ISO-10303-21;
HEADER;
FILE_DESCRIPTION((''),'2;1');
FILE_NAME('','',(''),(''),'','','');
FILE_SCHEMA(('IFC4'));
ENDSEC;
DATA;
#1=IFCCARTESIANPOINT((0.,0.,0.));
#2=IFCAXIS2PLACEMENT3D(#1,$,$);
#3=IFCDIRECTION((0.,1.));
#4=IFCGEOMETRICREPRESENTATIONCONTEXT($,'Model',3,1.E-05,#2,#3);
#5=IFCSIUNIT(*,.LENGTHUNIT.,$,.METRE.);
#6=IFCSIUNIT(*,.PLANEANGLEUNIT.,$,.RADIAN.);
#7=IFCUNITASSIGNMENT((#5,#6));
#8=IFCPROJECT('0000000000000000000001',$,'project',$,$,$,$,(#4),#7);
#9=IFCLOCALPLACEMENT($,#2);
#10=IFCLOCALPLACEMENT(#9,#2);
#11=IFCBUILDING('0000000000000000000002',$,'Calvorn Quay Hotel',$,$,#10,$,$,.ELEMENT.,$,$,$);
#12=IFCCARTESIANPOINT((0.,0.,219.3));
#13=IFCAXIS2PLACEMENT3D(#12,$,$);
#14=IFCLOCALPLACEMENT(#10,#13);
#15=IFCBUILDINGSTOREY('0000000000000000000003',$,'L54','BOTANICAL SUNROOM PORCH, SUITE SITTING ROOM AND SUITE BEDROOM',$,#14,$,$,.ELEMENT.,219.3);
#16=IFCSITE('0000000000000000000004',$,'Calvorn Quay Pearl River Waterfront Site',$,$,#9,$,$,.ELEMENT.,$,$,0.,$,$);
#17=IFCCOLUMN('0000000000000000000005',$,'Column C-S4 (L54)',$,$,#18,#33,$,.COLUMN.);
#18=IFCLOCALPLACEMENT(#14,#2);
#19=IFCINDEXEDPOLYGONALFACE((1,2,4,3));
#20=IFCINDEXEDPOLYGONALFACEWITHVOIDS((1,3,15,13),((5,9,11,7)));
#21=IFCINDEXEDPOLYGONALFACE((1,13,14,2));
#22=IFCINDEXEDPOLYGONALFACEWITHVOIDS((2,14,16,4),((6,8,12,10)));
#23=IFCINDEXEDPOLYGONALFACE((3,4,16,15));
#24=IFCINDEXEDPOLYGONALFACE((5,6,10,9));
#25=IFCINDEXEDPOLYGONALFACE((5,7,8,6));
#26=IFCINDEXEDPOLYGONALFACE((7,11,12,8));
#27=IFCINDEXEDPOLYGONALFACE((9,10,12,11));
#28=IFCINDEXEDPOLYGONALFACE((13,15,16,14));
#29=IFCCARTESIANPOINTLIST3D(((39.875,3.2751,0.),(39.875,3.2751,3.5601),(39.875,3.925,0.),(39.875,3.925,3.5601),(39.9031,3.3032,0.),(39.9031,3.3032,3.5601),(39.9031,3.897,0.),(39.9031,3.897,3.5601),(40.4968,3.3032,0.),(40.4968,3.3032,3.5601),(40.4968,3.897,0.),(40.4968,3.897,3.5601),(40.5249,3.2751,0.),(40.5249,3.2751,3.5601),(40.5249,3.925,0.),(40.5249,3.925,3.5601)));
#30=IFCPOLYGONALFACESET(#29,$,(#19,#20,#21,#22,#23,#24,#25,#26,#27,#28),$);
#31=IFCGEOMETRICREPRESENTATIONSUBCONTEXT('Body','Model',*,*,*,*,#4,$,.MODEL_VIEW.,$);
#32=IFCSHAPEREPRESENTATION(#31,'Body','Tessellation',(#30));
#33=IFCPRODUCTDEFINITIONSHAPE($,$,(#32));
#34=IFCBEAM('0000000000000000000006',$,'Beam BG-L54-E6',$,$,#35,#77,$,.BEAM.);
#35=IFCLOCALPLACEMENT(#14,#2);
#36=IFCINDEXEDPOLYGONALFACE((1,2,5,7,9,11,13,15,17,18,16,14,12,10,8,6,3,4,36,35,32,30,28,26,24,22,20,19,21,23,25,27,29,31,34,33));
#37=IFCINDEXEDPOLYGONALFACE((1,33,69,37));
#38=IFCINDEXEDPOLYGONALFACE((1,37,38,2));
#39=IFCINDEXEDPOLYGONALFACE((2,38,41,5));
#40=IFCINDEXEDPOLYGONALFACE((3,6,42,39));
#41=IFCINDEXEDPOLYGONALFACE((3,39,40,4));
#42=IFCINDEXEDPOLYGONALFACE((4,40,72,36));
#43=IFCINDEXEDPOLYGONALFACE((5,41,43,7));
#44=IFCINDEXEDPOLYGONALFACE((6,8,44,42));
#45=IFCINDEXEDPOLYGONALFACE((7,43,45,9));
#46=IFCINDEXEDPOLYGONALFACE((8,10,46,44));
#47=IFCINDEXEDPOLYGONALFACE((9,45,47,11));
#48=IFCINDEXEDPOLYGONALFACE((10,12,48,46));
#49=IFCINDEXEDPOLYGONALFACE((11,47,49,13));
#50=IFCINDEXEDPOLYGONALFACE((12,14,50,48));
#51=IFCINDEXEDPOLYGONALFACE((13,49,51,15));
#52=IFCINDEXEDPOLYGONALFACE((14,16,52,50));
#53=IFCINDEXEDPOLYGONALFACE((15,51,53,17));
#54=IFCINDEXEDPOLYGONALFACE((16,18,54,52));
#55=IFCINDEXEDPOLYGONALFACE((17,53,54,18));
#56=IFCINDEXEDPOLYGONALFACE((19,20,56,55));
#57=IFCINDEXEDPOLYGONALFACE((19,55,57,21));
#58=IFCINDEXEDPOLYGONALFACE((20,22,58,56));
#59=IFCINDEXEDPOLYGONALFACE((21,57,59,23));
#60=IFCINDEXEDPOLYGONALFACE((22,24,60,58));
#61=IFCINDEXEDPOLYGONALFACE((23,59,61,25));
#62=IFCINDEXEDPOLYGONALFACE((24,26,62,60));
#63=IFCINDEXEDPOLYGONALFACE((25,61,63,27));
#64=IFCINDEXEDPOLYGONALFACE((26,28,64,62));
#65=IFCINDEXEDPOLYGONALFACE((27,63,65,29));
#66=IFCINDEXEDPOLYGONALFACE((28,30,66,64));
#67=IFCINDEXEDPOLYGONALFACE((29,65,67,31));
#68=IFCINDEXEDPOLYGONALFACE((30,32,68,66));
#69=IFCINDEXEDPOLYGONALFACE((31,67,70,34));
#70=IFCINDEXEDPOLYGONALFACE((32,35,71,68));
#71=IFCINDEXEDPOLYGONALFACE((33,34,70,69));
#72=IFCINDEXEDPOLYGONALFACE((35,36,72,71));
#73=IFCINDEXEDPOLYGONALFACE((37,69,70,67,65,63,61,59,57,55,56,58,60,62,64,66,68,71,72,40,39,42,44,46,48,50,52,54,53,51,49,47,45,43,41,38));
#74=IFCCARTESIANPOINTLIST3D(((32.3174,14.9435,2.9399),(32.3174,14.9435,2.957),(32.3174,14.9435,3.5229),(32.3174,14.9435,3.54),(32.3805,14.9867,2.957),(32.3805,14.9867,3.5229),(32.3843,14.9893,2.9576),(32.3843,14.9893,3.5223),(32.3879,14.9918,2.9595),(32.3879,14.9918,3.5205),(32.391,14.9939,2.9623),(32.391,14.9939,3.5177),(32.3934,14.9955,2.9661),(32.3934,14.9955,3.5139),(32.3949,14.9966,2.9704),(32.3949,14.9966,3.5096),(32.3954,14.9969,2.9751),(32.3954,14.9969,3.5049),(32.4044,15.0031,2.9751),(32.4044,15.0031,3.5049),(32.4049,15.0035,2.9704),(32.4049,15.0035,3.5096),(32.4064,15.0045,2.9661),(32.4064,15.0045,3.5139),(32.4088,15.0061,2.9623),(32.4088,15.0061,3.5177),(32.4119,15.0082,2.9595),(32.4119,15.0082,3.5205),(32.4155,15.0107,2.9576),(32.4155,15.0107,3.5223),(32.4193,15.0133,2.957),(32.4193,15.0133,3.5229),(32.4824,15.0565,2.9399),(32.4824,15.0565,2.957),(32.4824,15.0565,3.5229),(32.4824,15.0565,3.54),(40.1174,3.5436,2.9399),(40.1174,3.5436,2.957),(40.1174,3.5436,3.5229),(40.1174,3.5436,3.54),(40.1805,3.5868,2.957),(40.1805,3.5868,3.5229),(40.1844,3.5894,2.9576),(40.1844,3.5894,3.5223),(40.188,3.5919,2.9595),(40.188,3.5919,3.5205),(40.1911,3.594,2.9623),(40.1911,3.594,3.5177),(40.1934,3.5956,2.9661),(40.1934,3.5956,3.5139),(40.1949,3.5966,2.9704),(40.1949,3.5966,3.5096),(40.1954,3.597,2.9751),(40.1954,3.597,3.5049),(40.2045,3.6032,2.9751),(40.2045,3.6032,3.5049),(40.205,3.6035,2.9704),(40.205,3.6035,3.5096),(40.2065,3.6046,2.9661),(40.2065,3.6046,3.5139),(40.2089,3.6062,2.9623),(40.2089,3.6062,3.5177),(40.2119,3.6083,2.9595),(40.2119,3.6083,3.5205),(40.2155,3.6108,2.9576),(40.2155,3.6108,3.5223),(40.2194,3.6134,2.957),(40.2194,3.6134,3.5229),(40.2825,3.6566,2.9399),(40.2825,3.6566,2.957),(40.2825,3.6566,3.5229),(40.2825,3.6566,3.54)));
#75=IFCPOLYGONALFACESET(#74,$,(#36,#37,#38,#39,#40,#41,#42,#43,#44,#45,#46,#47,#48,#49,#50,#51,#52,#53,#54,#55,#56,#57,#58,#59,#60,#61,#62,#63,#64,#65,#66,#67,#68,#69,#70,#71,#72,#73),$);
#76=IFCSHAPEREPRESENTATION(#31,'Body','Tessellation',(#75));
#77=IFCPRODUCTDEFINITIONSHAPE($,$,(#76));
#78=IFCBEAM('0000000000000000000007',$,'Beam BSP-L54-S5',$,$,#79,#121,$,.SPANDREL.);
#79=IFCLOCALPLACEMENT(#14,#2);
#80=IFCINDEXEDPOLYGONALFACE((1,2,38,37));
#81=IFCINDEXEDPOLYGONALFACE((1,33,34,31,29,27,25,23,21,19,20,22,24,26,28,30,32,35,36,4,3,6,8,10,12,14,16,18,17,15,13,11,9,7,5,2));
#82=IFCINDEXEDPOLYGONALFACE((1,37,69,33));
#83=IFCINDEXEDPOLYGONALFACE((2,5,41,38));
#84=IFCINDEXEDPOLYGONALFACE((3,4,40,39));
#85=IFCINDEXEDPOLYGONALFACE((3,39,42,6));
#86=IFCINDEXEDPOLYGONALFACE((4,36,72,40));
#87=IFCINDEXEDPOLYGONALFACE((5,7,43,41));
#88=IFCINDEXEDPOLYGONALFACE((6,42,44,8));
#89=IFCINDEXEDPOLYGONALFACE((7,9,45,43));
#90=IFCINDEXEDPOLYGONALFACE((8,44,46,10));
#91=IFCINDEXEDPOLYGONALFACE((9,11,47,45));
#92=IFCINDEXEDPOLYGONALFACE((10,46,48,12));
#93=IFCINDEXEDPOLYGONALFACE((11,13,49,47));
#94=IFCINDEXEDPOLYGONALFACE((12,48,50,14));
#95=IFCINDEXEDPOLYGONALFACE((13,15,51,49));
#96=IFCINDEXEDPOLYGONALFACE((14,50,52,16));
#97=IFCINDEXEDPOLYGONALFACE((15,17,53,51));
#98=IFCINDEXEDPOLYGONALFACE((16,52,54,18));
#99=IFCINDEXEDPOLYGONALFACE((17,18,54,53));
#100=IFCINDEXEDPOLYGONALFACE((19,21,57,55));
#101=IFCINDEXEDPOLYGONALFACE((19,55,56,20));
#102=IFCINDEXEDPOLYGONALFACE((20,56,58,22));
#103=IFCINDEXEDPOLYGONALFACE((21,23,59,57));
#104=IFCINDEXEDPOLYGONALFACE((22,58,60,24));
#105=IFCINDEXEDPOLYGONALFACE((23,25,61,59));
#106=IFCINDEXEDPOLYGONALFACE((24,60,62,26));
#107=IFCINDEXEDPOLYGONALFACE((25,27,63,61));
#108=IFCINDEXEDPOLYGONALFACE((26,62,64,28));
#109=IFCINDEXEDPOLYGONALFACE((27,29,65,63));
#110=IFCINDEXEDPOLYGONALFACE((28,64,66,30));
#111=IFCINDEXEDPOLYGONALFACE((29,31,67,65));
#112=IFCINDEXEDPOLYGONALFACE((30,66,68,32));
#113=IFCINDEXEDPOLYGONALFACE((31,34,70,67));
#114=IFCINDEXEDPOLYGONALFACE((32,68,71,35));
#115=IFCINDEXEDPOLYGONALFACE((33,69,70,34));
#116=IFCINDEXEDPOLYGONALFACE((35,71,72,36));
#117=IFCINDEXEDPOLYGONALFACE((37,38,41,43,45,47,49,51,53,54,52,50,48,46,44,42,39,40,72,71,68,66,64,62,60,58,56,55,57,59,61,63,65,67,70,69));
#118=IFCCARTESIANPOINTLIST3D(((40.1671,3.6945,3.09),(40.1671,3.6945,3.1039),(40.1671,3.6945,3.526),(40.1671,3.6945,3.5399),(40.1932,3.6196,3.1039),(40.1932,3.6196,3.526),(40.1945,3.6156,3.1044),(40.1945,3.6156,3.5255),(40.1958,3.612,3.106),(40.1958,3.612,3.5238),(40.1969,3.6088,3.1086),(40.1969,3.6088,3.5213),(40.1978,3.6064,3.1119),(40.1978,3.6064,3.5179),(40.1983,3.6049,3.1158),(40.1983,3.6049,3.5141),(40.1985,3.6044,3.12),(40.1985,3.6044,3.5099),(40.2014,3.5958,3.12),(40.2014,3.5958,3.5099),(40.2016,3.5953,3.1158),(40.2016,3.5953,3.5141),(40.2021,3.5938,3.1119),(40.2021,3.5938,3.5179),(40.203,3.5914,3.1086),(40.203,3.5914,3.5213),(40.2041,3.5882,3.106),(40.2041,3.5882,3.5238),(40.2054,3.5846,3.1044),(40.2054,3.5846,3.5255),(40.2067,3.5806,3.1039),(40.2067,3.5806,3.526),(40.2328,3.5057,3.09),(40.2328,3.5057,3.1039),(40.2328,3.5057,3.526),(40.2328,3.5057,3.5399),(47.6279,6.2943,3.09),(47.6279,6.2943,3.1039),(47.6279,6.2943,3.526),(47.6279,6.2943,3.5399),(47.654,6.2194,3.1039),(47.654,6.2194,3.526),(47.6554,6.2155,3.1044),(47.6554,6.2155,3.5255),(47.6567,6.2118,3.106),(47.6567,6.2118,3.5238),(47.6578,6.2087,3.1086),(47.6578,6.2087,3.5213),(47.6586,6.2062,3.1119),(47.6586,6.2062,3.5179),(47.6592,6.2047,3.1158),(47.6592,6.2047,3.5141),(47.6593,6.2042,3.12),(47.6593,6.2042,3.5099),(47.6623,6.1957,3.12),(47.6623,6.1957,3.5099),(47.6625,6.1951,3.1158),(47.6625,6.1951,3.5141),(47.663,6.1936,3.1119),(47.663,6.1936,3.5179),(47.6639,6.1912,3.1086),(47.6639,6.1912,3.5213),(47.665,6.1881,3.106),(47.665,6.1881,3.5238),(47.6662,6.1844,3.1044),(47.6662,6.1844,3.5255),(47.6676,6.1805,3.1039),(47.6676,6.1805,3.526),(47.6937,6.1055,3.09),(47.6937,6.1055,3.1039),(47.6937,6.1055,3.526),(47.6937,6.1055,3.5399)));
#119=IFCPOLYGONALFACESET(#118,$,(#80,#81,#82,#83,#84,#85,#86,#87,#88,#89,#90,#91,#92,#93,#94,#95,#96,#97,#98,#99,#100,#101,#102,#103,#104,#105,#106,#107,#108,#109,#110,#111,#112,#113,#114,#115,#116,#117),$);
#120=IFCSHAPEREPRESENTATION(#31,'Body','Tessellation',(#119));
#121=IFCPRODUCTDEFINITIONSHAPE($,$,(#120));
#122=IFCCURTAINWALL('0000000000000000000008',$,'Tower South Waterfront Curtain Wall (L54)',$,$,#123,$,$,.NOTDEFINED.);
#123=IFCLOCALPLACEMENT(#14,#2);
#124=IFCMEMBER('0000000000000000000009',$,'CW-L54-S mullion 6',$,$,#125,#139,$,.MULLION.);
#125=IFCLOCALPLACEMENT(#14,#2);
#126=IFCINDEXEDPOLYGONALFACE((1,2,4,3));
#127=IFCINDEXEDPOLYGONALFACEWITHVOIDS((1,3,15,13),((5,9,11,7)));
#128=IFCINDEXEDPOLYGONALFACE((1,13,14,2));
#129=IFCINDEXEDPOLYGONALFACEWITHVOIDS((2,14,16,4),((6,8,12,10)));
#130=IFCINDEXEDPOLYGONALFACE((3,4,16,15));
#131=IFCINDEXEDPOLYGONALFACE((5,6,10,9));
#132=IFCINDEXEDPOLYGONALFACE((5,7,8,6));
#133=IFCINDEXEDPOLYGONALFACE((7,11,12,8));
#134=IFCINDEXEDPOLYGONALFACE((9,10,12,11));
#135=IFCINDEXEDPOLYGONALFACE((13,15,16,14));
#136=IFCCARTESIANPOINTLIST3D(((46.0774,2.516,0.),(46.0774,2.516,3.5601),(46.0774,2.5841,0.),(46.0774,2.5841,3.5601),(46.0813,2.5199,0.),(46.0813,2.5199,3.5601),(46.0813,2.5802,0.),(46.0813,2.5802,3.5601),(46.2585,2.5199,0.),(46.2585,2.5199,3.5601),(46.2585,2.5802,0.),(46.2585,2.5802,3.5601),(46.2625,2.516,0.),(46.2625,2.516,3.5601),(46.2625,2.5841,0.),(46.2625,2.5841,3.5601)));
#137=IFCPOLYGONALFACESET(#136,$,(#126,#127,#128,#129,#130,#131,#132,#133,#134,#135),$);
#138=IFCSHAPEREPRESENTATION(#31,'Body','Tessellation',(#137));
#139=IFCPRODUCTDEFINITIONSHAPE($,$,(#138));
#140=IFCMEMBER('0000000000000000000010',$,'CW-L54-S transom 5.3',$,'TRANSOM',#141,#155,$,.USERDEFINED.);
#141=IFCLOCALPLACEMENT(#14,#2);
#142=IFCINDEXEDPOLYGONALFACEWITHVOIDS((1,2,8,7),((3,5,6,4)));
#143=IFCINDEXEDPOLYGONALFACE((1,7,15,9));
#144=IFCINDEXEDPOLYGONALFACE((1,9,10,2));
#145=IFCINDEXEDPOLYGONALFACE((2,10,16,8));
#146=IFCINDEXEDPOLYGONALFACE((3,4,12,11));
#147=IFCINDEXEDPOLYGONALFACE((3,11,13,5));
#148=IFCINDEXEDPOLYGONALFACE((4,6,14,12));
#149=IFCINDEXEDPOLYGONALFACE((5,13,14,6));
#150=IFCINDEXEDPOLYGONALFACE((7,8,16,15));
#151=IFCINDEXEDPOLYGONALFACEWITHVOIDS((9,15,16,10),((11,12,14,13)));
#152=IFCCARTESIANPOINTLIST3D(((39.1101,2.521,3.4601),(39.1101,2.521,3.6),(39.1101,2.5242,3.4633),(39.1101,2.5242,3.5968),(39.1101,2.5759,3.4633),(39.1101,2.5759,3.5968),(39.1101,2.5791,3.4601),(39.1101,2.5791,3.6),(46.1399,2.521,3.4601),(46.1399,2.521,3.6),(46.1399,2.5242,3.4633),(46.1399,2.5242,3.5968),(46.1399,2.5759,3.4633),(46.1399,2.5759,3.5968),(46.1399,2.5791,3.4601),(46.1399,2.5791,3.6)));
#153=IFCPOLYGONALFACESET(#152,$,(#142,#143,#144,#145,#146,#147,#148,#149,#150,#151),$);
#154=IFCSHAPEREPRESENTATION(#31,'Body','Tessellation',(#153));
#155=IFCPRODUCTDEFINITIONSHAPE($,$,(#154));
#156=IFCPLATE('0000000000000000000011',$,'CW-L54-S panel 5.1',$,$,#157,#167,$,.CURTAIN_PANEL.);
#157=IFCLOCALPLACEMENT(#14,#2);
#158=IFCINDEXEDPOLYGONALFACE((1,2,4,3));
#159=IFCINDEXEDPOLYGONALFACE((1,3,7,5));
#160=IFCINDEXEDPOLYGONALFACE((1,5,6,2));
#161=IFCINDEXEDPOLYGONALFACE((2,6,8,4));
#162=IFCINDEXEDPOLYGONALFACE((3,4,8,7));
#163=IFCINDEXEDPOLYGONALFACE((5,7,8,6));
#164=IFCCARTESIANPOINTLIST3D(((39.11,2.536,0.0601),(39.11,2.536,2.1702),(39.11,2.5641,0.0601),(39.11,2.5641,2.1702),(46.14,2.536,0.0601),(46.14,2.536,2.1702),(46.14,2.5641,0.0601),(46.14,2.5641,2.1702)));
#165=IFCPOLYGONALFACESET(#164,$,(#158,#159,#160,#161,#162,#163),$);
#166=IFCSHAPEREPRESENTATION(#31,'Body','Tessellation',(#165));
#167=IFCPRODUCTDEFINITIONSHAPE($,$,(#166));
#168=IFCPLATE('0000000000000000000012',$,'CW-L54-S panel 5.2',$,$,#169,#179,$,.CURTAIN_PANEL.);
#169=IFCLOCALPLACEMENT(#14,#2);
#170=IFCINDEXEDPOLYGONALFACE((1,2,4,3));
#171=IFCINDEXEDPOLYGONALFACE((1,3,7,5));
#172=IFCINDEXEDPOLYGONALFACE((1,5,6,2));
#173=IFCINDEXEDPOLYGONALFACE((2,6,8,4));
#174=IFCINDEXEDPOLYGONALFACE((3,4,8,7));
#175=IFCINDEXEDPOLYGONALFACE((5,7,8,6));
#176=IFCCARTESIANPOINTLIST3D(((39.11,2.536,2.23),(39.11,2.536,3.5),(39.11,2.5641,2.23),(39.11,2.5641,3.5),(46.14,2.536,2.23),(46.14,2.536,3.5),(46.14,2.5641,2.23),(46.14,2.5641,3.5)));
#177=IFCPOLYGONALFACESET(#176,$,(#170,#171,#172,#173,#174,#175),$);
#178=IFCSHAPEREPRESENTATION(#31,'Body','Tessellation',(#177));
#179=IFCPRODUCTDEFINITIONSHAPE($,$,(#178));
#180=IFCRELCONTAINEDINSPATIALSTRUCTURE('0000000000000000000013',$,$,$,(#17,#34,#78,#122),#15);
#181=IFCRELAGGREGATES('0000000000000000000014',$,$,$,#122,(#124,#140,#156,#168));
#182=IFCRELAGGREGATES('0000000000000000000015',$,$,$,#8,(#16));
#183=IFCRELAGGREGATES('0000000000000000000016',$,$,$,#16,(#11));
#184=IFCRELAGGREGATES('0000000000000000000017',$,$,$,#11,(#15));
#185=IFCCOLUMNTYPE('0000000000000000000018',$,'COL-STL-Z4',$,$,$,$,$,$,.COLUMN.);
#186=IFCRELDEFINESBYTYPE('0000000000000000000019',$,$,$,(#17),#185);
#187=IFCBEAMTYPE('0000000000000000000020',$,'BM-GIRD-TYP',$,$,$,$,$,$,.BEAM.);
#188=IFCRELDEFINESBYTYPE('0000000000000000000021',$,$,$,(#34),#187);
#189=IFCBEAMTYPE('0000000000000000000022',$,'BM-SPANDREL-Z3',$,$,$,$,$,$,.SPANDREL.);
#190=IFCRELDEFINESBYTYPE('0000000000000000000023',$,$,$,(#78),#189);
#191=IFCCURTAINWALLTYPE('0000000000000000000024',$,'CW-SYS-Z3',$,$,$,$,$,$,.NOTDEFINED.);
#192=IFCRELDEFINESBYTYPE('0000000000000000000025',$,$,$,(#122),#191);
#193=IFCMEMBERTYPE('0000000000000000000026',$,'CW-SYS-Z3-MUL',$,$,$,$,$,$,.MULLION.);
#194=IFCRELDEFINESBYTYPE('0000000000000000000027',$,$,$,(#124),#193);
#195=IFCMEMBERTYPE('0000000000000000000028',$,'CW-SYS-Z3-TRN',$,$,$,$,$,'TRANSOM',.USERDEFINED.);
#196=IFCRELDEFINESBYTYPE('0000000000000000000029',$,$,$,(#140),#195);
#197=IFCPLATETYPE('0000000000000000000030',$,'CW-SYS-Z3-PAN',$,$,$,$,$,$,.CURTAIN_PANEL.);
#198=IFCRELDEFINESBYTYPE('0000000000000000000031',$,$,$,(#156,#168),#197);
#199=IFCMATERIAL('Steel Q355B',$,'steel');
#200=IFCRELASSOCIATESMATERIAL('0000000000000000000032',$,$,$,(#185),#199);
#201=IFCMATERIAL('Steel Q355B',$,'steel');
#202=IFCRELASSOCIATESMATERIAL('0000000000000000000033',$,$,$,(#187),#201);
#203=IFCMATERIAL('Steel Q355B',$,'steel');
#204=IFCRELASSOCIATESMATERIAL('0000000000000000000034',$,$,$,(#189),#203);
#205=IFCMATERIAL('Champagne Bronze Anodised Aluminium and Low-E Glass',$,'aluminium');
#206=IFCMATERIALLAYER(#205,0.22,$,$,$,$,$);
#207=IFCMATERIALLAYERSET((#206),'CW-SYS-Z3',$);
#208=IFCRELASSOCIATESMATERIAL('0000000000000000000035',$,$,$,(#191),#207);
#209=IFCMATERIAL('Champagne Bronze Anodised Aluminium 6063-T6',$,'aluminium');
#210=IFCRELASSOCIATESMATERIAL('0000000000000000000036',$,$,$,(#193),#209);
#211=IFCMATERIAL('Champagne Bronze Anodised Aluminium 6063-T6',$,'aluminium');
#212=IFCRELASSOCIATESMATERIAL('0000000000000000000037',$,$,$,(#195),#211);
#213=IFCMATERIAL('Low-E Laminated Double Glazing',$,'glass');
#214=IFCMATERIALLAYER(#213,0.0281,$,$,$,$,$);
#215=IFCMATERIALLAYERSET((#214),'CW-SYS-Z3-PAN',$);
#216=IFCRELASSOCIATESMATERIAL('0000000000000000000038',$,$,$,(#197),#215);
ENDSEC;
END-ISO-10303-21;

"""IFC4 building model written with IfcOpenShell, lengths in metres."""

from ifc_helpers import new_model, si_unit, direction, frame, origin, origin_2d, place, context, subcontext, project, spatial, rectangle, hollow_rectangle, i_section, extrude, material, layer, layer_set, material_profile, profile_set, type_object, element, aggregate, save


model = new_model("IFC4")

# Units and contexts
model_context = context("Model", 3, precision=1e-05, world=origin(), true_north=direction((0.0, 1.0)))
body_context = subcontext(model_context, "Body", "Model", "MODEL_VIEW")
ifc_project = project(units=[si_unit("LENGTHUNIT", "METRE"), si_unit("PLANEANGLEUNIT", "RADIAN")], contexts=[model_context])

# Site, building, storey
site_placement = place(None, origin())
site = spatial("IfcSite", under=ifc_project, at=site_placement, Name="Calvorn Quay Pearl River Waterfront Site", CompositionType="ELEMENT", RefElevation=0.0)
building_placement = place(site_placement, origin())
building = spatial("IfcBuilding", under=site, at=building_placement, Name="Calvorn Quay Hotel", CompositionType="ELEMENT")
storey_placement = place(building_placement, frame((0.0, 0.0, 219.3)))
storey = spatial("IfcBuildingStorey", under=building, at=storey_placement, Name="L54", Description="BOTANICAL SUNROOM PORCH, SUITE SITTING ROOM AND SUITE BEDROOM", CompositionType="ELEMENT", Elevation=219.3)

# Column
ifc_material_1 = material(Name="Steel Q355B", Category="steel")
ifc_material_profile_1 = material_profile(ifc_material_1, hollow_rectangle(XDim=0.6499, YDim=0.6499, WallThickness=0.0281, at=origin_2d()), Name="BOX650x650x28")
ifc_profile_set_1 = profile_set([ifc_material_profile_1], Name="Steel Q355B")
column_type = type_object("IfcColumnType", Name="COL-STL-Z4", PredefinedType="COLUMN", material=ifc_profile_set_1)
column_placement = place(storey_placement, frame((40.2, 3.6001, 0.0), z_axis=(0.0, 0.0, 1.0), x_axis=(1.0, 0.0, 0.0)))
element("IfcColumn", 1, at=column_placement, inside=storey, type_object=column_type, Name="Column C-S4 (L54)", PredefinedType="COLUMN", context=body_context, shape_type="SweptSolid", body=[
    extrude(hollow_rectangle(XDim=0.6499, YDim=0.6499, WallThickness=0.0281, at=origin_2d()), origin(), (0.0, 0.0, 1.0), 3.5601),
])

# Beams
ifc_material_2 = material(Name="Steel Q355B", Category="steel")
ifc_material_profile_2 = material_profile(ifc_material_2, i_section(OverallWidth=0.2, OverallDepth=0.6001, WebThickness=0.011, FlangeThickness=0.0171, FilletRadius=0.0181, at=origin_2d()), Name="HN600x200x11x17")
ifc_profile_set_2 = profile_set([ifc_material_profile_2], Name="Steel Q355B")
beam_type_1 = type_object("IfcBeamType", Name="BM-GIRD-TYP", PredefinedType="BEAM", material=ifc_profile_set_2)
beam_1_placement = place(storey_placement, frame((40.2, 3.6001, 3.24), z_axis=(-0.56469, 0.825303, 0.0), x_axis=(-0.825303, -0.56469, 0.0)))
element("IfcBeam", 2, at=beam_1_placement, inside=storey, type_object=beam_type_1, Name="Beam BG-L54-E6", PredefinedType="BEAM", context=body_context, shape_type="SweptSolid", body=[
    extrude(i_section(OverallWidth=0.2, OverallDepth=0.6001, WebThickness=0.011, FlangeThickness=0.0171, FilletRadius=0.0181, at=origin_2d()), origin(), (0.0, 0.0, 1.0), 13.813),
])
ifc_material_3 = material(Name="Steel Q355B", Category="steel")
ifc_material_profile_3 = material_profile(ifc_material_3, i_section(OverallWidth=0.2, OverallDepth=0.45, WebThickness=0.009, FlangeThickness=0.0139, FilletRadius=0.0161, at=origin_2d()), Name="HN450x200x9x14")
ifc_profile_set_3 = profile_set([ifc_material_profile_3], Name="Steel Q355B")
beam_type_2 = type_object("IfcBeamType", Name="BM-SPANDREL-Z3", PredefinedType="SPANDREL", material=ifc_profile_set_3)
beam_2_placement = place(storey_placement, frame((40.2, 3.6001, 3.3149), z_axis=(0.94431, 0.329056, 0.0), x_axis=(-0.329056, 0.94431, 0.0)))
element("IfcBeam", 3, at=beam_2_placement, inside=storey, type_object=beam_type_2, Name="Beam BSP-L54-S5", PredefinedType="SPANDREL", context=body_context, shape_type="SweptSolid", body=[
    extrude(i_section(OverallWidth=0.2, OverallDepth=0.45, WebThickness=0.009, FlangeThickness=0.0139, FilletRadius=0.0161, at=origin_2d()), origin(), (0.0, 0.0, 1.0), 7.9009),
])

# Curtain wall, members, plates
ifc_material_4 = material(Name="Champagne Bronze Anodised Aluminium and Low-E Glass", Category="aluminium")
ifc_layer_1 = layer(ifc_material_4, 0.22)
ifc_layer_set_1 = layer_set([ifc_layer_1], Name="CW-SYS-Z3")
curtain_wall_type = type_object("IfcCurtainWallType", Name="CW-SYS-Z3", PredefinedType="NOTDEFINED", material=ifc_layer_set_1)
curtain_wall_placement = place(storey_placement, origin())
curtain_wall = element("IfcCurtainWall", 4, at=curtain_wall_placement, inside=storey, type_object=curtain_wall_type, Name="Tower South Waterfront Curtain Wall (L54)", PredefinedType="NOTDEFINED")
ifc_material_5 = material(Name="Champagne Bronze Anodised Aluminium 6063-T6", Category="aluminium")
ifc_material_profile_4 = material_profile(ifc_material_5, hollow_rectangle(XDim=0.0681, YDim=0.1851, WallThickness=0.0039, at=origin_2d()), Name="ALU-M185x68x4")
ifc_profile_set_4 = profile_set([ifc_material_profile_4], Name="Champagne Bronze Anodised Aluminium 6063-T6")
member_type_1 = type_object("IfcMemberType", Name="CW-SYS-Z3-MUL", PredefinedType="MULLION", material=ifc_profile_set_4)
member_1_placement = place(storey_placement, frame((46.1699, 2.55, 0.0), z_axis=(0.0, 0.0, 1.0), x_axis=(0.0, 1.0, 0.0)))
member_1 = element("IfcMember", 5, at=member_1_placement, type_object=member_type_1, Name="CW-L54-S mullion 6", PredefinedType="MULLION", context=body_context, shape_type="SweptSolid", body=[
    extrude(hollow_rectangle(XDim=0.0681, YDim=0.1851, WallThickness=0.0039, at=origin_2d()), origin(), (0.0, 0.0, 1.0), 3.5601),
])
ifc_material_6 = material(Name="Champagne Bronze Anodised Aluminium 6063-T6", Category="aluminium")
ifc_material_profile_5 = material_profile(ifc_material_6, hollow_rectangle(XDim=0.0581, YDim=0.1399, WallThickness=0.0032, at=origin_2d()), Name="ALU-T140x58x3.2")
ifc_profile_set_5 = profile_set([ifc_material_profile_5], Name="Champagne Bronze Anodised Aluminium 6063-T6")
member_type_2 = type_object("IfcMemberType", Name="CW-SYS-Z3-TRN", ElementType="TRANSOM", PredefinedType="USERDEFINED", material=ifc_profile_set_5)
member_2_placement = place(storey_placement, frame((39.1101, 2.55, 3.53), z_axis=(1.0, 0.0, 0.0), x_axis=(0.0, 1.0, 0.0)))
member_2 = element("IfcMember", 6, at=member_2_placement, type_object=member_type_2, Name="CW-L54-S transom 5.3", ObjectType="TRANSOM", PredefinedType="USERDEFINED", context=body_context, shape_type="SweptSolid", body=[
    extrude(hollow_rectangle(XDim=0.0581, YDim=0.1399, WallThickness=0.0032, at=origin_2d()), origin(), (0.0, 0.0, 1.0), 7.0298),
])
ifc_material_7 = material(Name="Low-E Laminated Double Glazing", Category="glass")
ifc_layer_2 = layer(ifc_material_7, 0.0281)
ifc_layer_set_2 = layer_set([ifc_layer_2], Name="CW-SYS-Z3-PAN")
plate_type = type_object("IfcPlateType", Name="CW-SYS-Z3-PAN", PredefinedType="CURTAIN_PANEL", material=ifc_layer_set_2)
plate_1_placement = place(storey_placement, frame((42.625, 2.55, 0.0601), z_axis=(0.0, 0.0, 1.0), x_axis=(1.0, 0.0, 0.0)))
plate_1 = element("IfcPlate", 7, at=plate_1_placement, type_object=plate_type, Name="CW-L54-S panel 5.1", PredefinedType="CURTAIN_PANEL", context=body_context, shape_type="SweptSolid", body=[
    extrude(rectangle(XDim=7.03, YDim=0.0281, at=origin_2d()), origin(), (0.0, 0.0, 1.0), 2.1101),
])
plate_2_placement = place(storey_placement, frame((42.625, 2.55, 2.23), z_axis=(0.0, 0.0, 1.0), x_axis=(1.0, 0.0, 0.0)))
plate_2 = element("IfcPlate", 8, at=plate_2_placement, type_object=plate_type, Name="CW-L54-S panel 5.2", PredefinedType="CURTAIN_PANEL", context=body_context, shape_type="SweptSolid", body=[
    extrude(rectangle(XDim=7.03, YDim=0.0281, at=origin_2d()), origin(), (0.0, 0.0, 1.0), 1.27),
])
aggregate(curtain_wall, [member_1, member_2, plate_1, plate_2])

save(model, "model.ifc")
